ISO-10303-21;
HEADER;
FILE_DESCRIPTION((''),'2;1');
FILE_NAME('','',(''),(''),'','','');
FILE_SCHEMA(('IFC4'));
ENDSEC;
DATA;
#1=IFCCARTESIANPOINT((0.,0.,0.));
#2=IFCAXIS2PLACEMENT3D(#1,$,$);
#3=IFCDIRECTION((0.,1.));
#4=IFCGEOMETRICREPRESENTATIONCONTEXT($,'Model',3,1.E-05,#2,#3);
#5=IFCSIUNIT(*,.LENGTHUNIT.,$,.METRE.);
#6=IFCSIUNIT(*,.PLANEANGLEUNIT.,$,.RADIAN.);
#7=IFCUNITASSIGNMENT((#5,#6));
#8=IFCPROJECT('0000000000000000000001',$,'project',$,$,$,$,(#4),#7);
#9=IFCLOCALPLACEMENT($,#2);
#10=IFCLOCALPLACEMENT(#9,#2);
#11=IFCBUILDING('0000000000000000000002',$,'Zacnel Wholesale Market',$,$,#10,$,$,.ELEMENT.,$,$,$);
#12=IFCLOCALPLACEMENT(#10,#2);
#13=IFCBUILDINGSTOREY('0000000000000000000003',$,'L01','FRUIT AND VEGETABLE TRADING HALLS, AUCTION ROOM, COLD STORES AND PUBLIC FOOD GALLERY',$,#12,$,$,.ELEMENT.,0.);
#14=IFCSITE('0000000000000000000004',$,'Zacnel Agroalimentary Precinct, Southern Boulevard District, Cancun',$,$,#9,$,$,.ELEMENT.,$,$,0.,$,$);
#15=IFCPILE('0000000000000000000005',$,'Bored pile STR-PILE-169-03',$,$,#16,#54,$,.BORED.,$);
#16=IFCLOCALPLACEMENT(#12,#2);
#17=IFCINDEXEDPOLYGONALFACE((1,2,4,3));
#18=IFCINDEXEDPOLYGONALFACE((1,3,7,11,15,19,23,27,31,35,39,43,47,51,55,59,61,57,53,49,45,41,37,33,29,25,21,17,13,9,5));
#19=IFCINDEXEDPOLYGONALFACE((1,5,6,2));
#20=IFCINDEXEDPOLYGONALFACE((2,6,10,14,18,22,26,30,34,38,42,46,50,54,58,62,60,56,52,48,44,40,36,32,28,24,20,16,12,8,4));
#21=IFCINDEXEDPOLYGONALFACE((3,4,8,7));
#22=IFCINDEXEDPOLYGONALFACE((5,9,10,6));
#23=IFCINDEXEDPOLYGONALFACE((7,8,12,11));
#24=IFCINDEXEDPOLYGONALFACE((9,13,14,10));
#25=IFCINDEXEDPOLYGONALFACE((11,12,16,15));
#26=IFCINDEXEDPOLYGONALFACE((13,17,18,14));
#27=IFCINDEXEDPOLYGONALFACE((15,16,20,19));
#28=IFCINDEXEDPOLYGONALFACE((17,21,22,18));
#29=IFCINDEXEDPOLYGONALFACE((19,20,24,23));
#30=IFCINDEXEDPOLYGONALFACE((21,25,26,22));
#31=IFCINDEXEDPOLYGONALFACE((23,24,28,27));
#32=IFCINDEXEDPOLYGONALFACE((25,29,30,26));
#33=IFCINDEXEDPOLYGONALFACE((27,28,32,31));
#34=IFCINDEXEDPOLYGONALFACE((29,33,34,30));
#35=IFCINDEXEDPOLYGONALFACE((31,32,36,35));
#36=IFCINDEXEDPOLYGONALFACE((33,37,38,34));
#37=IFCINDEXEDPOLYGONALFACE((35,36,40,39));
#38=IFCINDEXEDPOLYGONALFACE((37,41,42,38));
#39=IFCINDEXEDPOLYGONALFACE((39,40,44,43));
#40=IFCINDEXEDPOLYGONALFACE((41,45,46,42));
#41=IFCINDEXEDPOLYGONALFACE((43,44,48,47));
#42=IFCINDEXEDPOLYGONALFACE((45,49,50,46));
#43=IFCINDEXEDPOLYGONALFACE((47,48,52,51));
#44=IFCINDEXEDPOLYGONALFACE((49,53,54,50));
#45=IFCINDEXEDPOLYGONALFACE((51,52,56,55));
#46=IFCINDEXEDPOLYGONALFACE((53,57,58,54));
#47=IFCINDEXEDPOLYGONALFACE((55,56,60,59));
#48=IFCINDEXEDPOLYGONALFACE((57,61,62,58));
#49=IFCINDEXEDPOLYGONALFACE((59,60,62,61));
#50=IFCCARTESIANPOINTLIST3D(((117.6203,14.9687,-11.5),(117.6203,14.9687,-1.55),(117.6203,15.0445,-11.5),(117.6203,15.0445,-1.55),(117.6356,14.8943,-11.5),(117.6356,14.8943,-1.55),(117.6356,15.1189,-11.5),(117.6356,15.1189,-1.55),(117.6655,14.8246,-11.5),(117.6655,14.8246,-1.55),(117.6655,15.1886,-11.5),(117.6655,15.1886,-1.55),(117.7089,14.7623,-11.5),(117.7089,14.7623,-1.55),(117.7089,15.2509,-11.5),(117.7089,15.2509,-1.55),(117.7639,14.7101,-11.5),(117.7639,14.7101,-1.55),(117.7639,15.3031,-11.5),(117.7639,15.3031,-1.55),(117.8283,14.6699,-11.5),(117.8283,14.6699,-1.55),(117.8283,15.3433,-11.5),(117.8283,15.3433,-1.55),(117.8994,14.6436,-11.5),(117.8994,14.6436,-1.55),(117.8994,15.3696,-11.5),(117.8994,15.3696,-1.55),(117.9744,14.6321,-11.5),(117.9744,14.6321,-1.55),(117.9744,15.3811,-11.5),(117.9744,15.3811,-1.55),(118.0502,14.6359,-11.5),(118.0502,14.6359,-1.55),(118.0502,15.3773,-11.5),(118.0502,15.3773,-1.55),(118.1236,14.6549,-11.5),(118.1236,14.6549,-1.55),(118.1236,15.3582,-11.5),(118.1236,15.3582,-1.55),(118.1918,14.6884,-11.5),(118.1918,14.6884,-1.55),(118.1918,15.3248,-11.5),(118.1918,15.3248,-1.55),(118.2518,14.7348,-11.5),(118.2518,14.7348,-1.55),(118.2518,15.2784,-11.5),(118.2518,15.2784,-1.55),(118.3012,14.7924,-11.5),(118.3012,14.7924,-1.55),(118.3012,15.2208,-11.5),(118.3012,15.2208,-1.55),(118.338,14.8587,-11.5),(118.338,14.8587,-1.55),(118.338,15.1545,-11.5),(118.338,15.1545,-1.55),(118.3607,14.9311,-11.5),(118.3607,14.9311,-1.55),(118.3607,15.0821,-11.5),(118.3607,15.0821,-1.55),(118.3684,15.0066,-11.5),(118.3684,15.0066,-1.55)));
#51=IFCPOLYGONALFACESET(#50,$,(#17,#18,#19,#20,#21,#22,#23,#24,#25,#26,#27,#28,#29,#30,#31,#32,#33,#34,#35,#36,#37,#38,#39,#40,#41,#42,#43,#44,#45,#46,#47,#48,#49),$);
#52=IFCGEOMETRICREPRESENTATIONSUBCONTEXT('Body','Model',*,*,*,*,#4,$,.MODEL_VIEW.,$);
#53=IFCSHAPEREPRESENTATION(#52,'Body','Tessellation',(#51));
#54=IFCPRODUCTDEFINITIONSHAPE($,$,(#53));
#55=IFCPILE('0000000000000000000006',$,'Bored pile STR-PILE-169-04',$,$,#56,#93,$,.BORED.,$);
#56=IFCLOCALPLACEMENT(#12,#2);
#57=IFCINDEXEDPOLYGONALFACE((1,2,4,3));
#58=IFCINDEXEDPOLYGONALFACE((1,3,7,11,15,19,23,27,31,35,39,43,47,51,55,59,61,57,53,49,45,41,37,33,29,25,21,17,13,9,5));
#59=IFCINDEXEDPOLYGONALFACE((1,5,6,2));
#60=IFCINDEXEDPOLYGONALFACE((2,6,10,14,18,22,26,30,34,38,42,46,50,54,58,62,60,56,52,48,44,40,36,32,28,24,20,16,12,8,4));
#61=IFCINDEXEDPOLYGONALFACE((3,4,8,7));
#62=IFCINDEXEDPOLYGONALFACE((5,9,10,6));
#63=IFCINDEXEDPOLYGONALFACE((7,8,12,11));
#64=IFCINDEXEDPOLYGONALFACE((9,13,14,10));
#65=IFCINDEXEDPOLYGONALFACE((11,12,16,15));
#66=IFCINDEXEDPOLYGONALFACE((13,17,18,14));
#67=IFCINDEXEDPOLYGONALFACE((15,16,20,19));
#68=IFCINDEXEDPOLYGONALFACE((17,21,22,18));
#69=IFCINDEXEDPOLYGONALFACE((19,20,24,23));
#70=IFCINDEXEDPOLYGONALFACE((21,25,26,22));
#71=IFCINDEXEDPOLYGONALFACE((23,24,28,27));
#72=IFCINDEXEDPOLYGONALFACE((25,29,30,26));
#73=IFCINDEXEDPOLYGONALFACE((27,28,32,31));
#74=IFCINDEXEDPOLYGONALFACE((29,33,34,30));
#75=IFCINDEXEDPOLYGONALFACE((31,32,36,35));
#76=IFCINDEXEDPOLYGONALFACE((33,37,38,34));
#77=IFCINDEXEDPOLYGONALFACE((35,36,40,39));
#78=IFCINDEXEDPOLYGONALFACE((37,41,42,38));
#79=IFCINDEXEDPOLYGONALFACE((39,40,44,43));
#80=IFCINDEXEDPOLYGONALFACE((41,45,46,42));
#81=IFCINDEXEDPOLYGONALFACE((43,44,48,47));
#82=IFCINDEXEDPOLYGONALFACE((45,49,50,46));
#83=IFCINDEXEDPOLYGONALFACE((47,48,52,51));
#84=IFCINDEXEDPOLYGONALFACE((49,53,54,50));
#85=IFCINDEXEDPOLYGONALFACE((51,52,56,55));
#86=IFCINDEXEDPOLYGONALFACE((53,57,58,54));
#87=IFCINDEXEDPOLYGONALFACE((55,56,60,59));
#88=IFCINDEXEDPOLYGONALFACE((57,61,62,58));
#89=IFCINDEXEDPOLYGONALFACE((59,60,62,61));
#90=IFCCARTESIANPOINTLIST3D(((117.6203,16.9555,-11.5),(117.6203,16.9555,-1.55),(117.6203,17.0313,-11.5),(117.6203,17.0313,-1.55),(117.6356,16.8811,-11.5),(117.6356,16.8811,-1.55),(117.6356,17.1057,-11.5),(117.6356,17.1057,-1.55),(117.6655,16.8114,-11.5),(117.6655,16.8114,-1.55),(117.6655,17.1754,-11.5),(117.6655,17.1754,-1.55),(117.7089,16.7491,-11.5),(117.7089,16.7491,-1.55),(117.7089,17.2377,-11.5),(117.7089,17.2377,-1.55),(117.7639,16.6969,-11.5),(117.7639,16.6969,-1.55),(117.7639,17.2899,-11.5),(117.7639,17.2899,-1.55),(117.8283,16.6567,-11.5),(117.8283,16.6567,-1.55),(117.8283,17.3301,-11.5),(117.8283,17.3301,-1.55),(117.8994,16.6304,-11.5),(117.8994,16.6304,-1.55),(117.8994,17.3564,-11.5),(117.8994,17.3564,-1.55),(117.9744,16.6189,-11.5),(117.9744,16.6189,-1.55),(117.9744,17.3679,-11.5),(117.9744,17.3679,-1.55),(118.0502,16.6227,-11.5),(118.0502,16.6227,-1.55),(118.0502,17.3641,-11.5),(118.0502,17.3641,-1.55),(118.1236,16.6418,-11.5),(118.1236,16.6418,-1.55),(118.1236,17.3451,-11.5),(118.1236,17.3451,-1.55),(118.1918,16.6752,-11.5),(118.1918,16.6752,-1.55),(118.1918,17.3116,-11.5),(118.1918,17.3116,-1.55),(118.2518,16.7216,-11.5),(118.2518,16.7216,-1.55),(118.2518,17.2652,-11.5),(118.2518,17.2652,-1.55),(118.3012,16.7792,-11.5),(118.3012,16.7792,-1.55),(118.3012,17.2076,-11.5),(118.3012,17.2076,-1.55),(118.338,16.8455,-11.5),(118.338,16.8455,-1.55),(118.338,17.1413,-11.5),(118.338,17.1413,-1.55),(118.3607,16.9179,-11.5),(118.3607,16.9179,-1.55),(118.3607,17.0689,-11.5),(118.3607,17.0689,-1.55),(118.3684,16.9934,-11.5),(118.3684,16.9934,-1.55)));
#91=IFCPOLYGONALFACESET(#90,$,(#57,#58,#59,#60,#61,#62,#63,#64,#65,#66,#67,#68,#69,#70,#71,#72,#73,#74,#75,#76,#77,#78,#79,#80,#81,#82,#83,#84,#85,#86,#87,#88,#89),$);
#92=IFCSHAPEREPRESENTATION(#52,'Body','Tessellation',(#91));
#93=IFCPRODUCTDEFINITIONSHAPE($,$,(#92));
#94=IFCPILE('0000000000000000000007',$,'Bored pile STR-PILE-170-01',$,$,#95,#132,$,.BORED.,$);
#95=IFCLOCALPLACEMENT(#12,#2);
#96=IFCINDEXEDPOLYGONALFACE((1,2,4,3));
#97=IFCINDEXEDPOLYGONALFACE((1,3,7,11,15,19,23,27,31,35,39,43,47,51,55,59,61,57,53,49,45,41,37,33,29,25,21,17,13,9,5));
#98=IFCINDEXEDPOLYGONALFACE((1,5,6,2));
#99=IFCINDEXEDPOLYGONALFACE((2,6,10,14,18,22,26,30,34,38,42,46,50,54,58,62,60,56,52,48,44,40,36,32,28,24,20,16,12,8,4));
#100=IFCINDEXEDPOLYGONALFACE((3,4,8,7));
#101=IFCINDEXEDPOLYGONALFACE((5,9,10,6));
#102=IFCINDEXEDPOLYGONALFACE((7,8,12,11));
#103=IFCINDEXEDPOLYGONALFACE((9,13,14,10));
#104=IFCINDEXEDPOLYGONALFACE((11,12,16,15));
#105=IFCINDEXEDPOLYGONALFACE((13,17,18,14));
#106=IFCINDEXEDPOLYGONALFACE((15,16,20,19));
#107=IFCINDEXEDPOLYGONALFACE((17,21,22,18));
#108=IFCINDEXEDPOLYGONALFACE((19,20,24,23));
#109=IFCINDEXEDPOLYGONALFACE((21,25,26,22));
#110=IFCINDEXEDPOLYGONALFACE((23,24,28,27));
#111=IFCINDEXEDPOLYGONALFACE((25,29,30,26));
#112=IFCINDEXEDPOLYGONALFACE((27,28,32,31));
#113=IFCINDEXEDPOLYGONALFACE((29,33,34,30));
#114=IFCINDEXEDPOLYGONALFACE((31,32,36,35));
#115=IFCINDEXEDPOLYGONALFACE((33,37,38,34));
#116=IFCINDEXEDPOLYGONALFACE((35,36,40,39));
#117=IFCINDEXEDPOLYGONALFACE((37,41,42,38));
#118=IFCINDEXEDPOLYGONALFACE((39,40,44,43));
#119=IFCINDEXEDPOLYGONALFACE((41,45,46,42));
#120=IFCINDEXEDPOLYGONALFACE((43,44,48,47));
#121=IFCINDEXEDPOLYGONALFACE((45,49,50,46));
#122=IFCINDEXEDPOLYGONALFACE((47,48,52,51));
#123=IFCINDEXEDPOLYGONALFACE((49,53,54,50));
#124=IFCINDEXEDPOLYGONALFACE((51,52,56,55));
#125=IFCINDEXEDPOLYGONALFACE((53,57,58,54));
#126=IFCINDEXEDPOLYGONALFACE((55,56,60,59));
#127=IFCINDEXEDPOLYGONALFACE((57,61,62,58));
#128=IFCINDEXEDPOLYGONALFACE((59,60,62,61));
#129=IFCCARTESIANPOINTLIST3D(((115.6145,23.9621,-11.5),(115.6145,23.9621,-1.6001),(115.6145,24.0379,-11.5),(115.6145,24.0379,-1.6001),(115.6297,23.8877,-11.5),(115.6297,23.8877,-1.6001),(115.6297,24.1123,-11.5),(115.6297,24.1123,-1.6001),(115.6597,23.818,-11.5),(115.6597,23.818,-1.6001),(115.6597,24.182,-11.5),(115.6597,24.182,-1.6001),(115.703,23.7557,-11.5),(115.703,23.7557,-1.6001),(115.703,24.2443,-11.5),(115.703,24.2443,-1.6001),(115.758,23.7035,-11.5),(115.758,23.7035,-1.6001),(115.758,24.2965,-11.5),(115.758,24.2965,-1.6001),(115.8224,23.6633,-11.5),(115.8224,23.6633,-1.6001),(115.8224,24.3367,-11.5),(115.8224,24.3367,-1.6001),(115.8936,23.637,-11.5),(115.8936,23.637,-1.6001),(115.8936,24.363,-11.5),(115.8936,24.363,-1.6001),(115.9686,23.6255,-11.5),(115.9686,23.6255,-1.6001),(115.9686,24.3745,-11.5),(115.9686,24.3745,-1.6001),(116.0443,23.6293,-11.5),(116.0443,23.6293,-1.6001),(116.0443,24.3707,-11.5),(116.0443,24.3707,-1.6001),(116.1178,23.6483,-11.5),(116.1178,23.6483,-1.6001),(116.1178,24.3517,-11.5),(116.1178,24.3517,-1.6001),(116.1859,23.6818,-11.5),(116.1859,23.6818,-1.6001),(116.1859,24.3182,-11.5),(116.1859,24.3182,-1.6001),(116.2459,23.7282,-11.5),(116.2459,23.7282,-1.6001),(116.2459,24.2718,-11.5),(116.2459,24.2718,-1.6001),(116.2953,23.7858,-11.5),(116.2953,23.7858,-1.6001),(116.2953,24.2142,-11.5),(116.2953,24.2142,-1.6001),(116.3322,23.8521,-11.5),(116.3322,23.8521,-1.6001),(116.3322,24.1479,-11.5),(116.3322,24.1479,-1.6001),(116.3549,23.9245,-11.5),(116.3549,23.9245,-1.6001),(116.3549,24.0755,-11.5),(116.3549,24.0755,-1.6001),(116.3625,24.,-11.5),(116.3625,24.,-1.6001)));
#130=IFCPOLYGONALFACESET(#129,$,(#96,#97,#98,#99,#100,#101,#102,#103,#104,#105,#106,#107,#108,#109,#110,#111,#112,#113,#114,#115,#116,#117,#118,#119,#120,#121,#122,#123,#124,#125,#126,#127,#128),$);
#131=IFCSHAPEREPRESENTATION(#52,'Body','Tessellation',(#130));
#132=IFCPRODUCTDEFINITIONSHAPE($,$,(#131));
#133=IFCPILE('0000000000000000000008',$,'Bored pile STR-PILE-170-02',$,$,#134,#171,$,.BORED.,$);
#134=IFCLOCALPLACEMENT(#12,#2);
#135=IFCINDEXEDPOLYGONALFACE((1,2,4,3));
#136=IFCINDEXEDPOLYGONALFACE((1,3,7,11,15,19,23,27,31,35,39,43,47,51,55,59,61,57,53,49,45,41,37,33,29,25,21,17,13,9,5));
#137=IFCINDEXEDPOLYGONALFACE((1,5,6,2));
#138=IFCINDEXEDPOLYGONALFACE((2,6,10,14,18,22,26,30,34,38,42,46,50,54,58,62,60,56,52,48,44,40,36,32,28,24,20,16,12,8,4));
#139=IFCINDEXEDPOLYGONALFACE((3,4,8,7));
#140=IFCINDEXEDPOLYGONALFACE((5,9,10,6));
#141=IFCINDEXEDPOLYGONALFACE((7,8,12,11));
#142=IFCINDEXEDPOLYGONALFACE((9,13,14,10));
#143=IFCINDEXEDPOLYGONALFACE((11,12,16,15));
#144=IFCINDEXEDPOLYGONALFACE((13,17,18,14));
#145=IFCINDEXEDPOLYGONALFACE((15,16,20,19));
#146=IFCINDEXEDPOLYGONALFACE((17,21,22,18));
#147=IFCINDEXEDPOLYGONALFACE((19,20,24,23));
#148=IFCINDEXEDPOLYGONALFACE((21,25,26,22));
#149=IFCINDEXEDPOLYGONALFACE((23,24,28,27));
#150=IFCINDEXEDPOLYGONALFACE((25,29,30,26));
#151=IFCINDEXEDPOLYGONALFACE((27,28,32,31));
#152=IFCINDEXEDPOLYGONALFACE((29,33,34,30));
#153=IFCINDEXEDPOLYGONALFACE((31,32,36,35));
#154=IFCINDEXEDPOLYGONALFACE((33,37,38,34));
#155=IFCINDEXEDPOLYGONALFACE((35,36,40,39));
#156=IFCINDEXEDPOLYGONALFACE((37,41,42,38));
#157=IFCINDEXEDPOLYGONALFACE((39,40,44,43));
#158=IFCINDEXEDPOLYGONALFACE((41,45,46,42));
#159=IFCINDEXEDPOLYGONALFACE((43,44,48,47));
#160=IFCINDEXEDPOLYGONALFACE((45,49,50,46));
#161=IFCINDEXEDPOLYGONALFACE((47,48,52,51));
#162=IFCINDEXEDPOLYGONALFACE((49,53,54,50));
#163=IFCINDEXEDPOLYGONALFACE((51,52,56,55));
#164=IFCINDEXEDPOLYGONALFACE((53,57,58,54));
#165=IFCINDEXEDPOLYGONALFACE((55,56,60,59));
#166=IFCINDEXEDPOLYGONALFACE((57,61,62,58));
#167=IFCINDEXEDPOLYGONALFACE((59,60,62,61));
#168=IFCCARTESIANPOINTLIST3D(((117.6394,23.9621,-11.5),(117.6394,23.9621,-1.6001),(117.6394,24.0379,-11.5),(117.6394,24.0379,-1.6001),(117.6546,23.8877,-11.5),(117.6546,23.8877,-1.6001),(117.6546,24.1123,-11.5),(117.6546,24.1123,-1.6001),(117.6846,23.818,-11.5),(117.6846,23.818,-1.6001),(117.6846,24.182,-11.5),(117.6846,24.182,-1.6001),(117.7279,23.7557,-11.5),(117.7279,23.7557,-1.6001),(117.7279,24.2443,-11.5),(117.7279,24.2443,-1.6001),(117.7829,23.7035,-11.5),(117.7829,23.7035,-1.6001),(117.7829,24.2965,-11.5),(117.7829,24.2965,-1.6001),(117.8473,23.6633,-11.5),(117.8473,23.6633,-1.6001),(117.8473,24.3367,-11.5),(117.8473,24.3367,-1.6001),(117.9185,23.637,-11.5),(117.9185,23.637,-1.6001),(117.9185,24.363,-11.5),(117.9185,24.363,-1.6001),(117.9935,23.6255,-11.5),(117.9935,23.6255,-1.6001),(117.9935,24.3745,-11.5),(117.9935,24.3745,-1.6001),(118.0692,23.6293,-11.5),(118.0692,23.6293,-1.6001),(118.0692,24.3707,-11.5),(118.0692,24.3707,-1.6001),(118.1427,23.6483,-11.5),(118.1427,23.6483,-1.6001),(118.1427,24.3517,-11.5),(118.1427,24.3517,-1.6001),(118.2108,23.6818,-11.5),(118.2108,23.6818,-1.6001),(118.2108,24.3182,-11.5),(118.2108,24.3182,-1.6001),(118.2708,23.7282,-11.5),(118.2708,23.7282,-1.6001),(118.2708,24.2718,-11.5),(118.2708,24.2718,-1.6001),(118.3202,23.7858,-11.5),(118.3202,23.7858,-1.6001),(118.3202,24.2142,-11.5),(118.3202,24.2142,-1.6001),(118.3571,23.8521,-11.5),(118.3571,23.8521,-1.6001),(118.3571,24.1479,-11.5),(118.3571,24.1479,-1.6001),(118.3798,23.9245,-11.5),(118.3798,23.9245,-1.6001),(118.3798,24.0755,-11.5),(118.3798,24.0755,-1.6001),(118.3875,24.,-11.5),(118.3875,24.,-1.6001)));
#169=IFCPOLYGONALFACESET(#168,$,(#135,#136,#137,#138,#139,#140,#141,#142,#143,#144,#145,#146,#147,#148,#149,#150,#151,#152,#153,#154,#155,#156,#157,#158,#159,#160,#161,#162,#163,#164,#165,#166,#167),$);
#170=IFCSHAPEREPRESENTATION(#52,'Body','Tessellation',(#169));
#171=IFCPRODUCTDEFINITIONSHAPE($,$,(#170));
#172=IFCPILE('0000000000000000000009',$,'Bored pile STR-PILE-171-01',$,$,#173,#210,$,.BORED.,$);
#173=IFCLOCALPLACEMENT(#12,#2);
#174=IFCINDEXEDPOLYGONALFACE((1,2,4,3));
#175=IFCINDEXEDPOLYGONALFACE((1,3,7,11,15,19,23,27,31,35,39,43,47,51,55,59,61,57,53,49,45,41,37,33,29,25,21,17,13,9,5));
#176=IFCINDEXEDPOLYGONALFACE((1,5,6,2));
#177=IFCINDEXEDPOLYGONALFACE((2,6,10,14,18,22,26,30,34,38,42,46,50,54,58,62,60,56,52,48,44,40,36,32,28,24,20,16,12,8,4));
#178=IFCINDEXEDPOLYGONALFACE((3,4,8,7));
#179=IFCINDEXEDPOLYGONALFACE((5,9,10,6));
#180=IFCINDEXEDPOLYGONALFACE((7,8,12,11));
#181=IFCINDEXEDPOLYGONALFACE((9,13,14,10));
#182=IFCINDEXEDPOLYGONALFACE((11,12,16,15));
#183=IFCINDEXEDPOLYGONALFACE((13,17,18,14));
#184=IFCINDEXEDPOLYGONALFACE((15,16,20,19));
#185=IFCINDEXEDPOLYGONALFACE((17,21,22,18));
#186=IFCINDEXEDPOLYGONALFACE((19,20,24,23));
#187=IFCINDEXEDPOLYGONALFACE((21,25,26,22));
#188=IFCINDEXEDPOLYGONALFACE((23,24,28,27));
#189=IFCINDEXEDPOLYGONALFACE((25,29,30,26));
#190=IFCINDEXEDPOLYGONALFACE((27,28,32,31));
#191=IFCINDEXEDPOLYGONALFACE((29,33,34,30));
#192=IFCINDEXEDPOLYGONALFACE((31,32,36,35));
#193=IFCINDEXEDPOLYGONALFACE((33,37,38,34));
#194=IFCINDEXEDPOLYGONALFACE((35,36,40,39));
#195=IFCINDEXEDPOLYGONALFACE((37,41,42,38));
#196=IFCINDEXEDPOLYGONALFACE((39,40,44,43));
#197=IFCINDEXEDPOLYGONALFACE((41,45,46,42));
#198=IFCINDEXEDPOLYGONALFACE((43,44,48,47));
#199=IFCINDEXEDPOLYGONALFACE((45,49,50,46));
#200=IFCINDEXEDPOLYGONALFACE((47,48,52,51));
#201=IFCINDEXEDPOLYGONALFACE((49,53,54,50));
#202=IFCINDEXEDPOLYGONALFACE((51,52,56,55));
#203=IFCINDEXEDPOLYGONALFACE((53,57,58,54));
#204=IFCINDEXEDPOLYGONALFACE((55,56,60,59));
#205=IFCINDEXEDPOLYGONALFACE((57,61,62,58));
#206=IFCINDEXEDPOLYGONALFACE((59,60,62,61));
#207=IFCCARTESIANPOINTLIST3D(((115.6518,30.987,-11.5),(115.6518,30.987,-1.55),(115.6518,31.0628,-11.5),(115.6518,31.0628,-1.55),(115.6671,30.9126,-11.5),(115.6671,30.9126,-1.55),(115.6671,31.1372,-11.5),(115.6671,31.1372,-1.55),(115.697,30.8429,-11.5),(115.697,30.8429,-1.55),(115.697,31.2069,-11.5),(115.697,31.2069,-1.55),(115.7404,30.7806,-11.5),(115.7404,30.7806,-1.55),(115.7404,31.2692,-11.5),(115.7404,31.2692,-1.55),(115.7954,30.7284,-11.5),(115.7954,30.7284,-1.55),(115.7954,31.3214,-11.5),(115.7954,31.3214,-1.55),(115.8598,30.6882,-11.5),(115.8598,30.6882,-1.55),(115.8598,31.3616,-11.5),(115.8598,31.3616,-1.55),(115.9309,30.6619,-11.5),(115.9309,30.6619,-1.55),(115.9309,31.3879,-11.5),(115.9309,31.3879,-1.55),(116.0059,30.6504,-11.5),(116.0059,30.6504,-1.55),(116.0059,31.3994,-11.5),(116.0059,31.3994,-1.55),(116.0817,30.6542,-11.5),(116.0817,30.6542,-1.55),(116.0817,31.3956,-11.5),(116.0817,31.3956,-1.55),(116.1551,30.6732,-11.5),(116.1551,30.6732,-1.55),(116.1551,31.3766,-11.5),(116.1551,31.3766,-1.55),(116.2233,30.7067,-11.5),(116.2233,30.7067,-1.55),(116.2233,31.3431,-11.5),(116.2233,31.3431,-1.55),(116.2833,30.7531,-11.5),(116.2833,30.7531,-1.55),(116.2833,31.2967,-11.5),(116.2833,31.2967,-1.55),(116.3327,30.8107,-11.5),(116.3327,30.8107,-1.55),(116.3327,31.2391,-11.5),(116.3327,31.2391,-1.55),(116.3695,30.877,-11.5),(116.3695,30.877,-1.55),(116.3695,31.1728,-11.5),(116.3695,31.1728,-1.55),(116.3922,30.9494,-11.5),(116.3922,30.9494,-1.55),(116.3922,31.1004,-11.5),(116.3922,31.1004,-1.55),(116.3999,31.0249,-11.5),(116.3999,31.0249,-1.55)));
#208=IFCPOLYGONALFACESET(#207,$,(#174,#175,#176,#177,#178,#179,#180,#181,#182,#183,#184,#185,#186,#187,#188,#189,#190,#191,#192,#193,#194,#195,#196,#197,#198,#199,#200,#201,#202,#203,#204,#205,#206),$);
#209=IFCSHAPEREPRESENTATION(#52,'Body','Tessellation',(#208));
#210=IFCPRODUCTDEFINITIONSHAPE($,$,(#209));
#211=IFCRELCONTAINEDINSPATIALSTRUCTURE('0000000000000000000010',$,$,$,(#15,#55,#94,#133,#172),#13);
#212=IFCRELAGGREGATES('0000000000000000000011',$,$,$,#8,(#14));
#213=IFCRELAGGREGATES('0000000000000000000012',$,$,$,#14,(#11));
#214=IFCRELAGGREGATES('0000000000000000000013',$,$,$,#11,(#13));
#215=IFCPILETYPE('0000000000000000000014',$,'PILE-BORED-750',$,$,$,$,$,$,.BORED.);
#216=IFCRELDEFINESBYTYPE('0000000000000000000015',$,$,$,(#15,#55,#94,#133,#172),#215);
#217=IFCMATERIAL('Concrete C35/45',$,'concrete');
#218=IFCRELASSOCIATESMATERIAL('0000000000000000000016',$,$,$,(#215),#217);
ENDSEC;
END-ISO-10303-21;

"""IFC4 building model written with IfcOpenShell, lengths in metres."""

from ifc_helpers import new_model, si_unit, direction, frame, origin, origin_2d, place, context, subcontext, project, spatial, circle, extrude, material, material_profile, profile_set, type_object, element, save


model = new_model("IFC4")

# Units and contexts
model_context = context("Model", 3, precision=1e-05, world=origin(), true_north=direction((0.0, 1.0)))
body_context = subcontext(model_context, "Body", "Model", "MODEL_VIEW")
ifc_project = project(units=[si_unit("LENGTHUNIT", "METRE"), si_unit("PLANEANGLEUNIT", "RADIAN")], contexts=[model_context])

# Site, building, storey
site_placement = place(None, origin())
site = spatial("IfcSite", under=ifc_project, at=site_placement, Name="Zacnel Agroalimentary Precinct, Southern Boulevard District, Cancun", CompositionType="ELEMENT", RefElevation=0.0)
building_placement = place(site_placement, origin())
building = spatial("IfcBuilding", under=site, at=building_placement, Name="Zacnel Wholesale Market", CompositionType="ELEMENT")
storey_placement = place(building_placement, origin())
storey = spatial("IfcBuildingStorey", under=building, at=storey_placement, Name="L01", Description="FRUIT AND VEGETABLE TRADING HALLS, AUCTION ROOM, COLD STORES AND PUBLIC FOOD GALLERY", CompositionType="ELEMENT", Elevation=0.0)

# Piles
ifc_material_1 = material(Name="Concrete C35/45", Category="concrete")
ifc_material_profile_1 = material_profile(ifc_material_1, circle(Radius=0.375, at=origin_2d()), Name="BORED PILE D750")
ifc_profile_set_1 = profile_set([ifc_material_profile_1], Name="Concrete C35/45")
pile_type = type_object("IfcPileType", Name="PILE-BORED-750", PredefinedType="BORED", material=ifc_profile_set_1)
for number, where, z_axis, x_axis, name in (
    (1, (117.9934, 15.0066, -1.55), (0.0, 0.0, -1.0), (1.0, 0.0, 0.0), "Bored pile STR-PILE-169-03"),
    (2, (117.9934, 16.9934, -1.55), (0.0, 0.0, -1.0), (1.0, 0.0, 0.0), "Bored pile STR-PILE-169-04"),
):
    element("IfcPile", number, at=place(storey_placement, frame(where, z_axis=z_axis, x_axis=x_axis)), inside=storey, type_object=pile_type, Name=name, PredefinedType="BORED", context=body_context, shape_type="SweptSolid", body=[
        extrude(circle(Radius=0.375, at=origin_2d()), origin(), (0.0, 0.0, 1.0), 9.95),
    ])
for number, where, z_axis, x_axis, name in (
    (3, (115.9875, 24.0, -1.6001), (0.0, 0.0, -1.0), (1.0, 0.0, 0.0), "Bored pile STR-PILE-170-01"),
    (4, (118.0125, 24.0, -1.6001), (0.0, 0.0, -1.0), (1.0, 0.0, 0.0), "Bored pile STR-PILE-170-02"),
):
    element("IfcPile", number, at=place(storey_placement, frame(where, z_axis=z_axis, x_axis=x_axis)), inside=storey, type_object=pile_type, Name=name, PredefinedType="BORED", context=body_context, shape_type="SweptSolid", body=[
        extrude(circle(Radius=0.375, at=origin_2d()), origin(), (0.0, 0.0, 1.0), 9.8999),
    ])
for number, where, z_axis, x_axis, name in (
    (5, (116.0249, 31.0249, -1.55), (0.0, 0.0, -1.0), (1.0, 0.0, 0.0), "Bored pile STR-PILE-171-01"),
):
    element("IfcPile", number, at=place(storey_placement, frame(where, z_axis=z_axis, x_axis=x_axis)), inside=storey, type_object=pile_type, Name=name, PredefinedType="BORED", context=body_context, shape_type="SweptSolid", body=[
        extrude(circle(Radius=0.375, at=origin_2d()), origin(), (0.0, 0.0, 1.0), 9.95),
    ])

save(model, "model.ifc")
